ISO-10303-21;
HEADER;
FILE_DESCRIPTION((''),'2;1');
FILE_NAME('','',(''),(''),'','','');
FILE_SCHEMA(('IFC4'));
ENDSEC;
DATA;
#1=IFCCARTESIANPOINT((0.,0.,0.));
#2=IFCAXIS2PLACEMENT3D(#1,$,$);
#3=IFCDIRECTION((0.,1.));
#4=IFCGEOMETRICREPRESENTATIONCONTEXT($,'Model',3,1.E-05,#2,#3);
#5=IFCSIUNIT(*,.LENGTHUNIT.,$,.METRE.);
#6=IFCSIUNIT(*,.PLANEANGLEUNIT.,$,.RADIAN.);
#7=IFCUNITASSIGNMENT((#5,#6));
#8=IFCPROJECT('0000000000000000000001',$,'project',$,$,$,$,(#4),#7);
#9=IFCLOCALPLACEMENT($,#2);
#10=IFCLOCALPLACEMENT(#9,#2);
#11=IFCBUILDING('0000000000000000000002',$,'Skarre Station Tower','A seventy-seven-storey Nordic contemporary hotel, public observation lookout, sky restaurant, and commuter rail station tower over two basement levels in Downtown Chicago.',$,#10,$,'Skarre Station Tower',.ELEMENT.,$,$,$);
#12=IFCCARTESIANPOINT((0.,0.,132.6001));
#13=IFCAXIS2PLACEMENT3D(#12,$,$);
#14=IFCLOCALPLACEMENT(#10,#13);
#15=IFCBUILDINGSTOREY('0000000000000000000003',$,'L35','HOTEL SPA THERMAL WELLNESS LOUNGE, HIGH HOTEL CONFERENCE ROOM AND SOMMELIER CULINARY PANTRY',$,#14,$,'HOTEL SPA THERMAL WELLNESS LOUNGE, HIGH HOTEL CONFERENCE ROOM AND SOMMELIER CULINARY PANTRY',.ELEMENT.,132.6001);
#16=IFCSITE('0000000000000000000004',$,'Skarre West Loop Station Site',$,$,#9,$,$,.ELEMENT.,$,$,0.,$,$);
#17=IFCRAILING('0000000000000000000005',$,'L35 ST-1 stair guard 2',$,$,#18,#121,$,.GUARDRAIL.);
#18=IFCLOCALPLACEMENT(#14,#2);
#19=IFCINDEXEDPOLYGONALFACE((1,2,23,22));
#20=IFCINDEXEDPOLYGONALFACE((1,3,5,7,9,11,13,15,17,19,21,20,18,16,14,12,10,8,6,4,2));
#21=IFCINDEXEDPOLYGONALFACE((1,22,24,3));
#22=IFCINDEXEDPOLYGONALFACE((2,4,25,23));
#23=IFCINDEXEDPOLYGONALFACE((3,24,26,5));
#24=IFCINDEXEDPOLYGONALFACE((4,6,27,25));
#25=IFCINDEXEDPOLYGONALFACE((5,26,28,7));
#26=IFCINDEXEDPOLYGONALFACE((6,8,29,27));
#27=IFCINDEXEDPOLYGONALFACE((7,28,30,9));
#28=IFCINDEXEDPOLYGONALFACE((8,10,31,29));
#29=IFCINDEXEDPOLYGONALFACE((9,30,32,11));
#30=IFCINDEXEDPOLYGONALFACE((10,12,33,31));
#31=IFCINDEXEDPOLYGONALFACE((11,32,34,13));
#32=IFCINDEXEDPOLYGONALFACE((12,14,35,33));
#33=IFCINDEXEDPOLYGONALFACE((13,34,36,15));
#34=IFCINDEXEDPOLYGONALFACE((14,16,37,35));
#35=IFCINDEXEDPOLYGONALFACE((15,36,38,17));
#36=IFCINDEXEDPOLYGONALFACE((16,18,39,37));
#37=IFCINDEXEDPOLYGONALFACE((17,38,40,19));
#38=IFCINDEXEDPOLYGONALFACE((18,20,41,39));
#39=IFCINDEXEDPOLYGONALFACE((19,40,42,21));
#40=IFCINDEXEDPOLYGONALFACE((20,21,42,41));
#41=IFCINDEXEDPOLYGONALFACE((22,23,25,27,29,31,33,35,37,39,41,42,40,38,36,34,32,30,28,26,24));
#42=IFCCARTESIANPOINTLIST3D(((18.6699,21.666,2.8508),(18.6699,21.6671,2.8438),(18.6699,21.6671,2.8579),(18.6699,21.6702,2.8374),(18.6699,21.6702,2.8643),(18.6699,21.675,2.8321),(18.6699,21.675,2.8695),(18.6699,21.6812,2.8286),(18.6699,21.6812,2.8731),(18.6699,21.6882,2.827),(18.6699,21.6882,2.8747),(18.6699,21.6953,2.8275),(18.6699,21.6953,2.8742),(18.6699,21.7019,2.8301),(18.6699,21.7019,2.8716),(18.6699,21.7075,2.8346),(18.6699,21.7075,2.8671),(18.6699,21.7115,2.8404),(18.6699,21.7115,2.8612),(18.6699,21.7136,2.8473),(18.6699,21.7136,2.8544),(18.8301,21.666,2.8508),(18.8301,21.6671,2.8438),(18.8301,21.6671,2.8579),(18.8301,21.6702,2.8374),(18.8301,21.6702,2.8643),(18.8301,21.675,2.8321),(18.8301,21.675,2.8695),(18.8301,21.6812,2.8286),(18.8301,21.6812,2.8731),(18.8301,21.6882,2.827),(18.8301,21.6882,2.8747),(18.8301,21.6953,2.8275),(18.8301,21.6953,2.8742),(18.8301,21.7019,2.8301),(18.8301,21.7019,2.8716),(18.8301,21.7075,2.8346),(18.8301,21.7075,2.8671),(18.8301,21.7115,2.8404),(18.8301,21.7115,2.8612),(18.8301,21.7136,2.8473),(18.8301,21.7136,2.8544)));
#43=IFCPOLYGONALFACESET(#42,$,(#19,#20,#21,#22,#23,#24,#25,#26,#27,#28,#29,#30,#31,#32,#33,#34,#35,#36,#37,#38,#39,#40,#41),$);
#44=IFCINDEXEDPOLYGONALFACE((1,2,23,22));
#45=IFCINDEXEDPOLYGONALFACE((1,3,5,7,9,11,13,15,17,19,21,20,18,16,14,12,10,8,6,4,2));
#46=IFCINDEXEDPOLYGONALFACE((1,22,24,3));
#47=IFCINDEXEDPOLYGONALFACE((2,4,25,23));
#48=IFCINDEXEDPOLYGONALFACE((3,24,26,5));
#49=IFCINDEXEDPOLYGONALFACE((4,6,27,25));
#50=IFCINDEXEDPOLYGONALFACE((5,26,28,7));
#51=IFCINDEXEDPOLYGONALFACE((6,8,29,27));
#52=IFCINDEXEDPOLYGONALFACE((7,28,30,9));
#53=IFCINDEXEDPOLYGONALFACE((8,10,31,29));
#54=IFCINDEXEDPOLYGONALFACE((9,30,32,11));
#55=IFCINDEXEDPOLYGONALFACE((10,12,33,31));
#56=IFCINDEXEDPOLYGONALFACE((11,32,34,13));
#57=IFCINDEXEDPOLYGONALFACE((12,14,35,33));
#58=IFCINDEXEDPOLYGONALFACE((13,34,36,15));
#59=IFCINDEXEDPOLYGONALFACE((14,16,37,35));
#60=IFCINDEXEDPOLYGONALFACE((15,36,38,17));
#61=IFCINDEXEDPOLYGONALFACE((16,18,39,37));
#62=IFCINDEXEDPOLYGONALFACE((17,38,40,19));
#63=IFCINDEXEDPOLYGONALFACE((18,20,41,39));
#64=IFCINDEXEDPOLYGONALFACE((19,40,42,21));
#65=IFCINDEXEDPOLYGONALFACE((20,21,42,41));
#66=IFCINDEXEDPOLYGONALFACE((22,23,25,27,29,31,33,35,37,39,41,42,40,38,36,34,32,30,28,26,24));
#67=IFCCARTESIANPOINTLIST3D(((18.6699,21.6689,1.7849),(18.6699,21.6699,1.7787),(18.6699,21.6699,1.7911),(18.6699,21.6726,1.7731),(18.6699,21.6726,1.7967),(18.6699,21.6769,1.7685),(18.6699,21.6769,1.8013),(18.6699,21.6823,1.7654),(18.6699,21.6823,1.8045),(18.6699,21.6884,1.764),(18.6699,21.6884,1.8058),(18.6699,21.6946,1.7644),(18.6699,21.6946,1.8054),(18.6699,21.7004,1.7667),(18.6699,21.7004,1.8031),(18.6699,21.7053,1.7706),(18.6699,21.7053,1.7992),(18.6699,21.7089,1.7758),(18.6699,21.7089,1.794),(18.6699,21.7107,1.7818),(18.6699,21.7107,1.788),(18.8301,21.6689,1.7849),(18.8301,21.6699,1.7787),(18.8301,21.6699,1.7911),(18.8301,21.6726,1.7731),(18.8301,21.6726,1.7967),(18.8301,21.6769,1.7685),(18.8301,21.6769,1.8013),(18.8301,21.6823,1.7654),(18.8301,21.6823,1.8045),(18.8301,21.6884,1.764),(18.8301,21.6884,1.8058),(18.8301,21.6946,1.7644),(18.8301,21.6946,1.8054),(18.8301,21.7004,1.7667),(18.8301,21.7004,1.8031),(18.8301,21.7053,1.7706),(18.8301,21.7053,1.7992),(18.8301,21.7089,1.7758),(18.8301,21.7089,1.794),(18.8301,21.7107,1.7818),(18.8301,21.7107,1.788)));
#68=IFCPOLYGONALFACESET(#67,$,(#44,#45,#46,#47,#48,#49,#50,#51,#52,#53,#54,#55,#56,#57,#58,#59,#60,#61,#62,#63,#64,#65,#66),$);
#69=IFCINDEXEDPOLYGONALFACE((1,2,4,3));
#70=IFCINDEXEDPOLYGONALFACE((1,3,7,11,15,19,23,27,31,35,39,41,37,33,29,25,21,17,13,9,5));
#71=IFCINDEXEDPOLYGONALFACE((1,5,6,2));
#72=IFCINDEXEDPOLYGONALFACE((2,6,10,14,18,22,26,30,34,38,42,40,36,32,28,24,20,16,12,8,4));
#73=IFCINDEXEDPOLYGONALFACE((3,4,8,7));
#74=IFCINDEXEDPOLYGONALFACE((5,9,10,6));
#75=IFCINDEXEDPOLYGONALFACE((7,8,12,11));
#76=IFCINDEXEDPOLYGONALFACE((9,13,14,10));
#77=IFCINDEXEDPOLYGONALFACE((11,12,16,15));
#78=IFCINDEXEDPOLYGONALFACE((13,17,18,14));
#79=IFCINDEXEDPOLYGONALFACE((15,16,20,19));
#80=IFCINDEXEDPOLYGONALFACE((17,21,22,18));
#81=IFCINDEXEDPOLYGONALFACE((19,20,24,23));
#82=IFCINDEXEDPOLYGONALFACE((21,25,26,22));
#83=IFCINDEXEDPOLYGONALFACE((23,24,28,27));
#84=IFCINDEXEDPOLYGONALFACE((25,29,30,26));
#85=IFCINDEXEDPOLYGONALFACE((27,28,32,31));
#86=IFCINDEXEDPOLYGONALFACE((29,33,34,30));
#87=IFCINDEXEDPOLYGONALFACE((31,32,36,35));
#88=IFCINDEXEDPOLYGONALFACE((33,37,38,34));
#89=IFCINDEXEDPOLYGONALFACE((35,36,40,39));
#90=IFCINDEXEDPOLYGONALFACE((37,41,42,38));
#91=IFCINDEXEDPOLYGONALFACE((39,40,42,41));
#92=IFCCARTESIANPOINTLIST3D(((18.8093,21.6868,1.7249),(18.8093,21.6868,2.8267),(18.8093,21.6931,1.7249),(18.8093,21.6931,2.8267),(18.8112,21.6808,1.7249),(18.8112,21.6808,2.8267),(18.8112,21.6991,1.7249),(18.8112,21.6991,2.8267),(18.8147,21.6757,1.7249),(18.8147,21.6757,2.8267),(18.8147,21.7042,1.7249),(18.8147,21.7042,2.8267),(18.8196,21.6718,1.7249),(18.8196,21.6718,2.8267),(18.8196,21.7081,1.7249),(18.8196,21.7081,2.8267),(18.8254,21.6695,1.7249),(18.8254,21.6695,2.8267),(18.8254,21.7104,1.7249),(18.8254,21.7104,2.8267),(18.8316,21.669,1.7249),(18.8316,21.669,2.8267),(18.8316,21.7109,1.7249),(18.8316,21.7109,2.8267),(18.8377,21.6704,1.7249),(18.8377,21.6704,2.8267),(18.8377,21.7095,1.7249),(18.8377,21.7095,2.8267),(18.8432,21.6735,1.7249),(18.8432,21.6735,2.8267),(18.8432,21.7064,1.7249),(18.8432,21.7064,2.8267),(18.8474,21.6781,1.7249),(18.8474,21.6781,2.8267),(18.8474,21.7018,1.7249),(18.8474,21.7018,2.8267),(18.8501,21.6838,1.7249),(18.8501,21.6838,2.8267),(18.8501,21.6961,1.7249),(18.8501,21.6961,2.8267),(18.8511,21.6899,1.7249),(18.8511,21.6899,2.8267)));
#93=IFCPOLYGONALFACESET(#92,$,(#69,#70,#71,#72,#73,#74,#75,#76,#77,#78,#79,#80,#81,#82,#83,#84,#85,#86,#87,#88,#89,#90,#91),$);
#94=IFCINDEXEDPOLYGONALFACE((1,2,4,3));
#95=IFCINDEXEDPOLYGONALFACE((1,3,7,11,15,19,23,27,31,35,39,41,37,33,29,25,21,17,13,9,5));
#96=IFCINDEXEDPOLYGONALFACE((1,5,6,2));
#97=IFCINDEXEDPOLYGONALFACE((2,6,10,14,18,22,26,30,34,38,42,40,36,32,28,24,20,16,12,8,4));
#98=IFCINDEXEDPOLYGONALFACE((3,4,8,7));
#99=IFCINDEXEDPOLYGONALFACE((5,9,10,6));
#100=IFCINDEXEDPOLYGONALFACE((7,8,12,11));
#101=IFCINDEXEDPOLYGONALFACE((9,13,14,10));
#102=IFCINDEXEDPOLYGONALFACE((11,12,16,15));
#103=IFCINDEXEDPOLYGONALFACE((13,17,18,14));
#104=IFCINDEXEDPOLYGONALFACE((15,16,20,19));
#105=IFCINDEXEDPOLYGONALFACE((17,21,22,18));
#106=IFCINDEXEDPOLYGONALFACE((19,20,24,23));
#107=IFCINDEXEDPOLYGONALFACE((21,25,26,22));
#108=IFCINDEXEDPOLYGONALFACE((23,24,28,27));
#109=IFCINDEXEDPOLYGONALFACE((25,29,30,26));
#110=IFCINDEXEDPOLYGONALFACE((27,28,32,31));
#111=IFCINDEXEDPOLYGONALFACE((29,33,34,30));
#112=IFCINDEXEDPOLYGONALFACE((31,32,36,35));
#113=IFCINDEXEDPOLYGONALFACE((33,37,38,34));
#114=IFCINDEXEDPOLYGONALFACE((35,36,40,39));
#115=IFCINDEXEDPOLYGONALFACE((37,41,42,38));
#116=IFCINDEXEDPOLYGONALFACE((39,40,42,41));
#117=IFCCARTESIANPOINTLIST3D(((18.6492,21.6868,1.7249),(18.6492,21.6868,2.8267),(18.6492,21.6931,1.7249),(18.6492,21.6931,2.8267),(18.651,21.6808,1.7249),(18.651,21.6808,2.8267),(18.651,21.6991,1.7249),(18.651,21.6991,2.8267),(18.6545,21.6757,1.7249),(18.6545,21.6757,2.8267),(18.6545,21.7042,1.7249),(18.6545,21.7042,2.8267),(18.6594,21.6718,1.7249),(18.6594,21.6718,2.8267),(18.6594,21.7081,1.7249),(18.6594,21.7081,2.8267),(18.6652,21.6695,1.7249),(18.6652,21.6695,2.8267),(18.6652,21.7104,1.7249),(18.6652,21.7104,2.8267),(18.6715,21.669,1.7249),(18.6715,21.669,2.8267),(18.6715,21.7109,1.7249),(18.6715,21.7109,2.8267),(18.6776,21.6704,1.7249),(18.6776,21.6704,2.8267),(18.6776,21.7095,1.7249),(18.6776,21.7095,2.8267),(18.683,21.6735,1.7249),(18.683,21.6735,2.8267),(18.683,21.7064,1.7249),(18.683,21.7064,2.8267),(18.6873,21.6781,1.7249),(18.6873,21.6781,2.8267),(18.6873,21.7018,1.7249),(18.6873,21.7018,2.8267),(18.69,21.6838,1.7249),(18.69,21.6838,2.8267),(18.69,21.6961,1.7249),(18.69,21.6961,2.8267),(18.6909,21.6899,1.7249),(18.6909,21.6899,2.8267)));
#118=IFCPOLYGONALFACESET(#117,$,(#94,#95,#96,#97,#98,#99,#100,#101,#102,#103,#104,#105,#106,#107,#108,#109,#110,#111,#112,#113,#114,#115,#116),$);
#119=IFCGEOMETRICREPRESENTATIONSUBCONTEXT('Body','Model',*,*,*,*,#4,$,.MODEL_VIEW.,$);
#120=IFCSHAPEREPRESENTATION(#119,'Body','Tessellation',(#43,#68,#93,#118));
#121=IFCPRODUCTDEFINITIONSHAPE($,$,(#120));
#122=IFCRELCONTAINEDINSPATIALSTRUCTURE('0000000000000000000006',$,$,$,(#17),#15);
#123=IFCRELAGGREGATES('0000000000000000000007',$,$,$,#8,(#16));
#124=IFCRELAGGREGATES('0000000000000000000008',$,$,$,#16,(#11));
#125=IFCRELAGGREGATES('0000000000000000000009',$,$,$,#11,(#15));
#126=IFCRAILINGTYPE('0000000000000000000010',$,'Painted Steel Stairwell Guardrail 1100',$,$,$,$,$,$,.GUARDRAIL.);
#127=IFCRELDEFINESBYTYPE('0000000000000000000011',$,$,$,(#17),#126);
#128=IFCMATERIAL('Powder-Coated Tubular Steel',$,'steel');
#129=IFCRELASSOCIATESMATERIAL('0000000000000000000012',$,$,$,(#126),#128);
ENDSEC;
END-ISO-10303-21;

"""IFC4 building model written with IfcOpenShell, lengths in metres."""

from ifc_helpers import new_model, si_unit, direction, frame, origin, origin_2d, place, context, subcontext, project, spatial, circle, extrude, material, type_object, element, save


model = new_model("IFC4")

# Units and contexts
model_context = context("Model", 3, precision=1e-05, world=origin(), true_north=direction((0.0, 1.0)))
body_context = subcontext(model_context, "Body", "Model", "MODEL_VIEW")
ifc_project = project(units=[si_unit("LENGTHUNIT", "METRE"), si_unit("PLANEANGLEUNIT", "RADIAN")], contexts=[model_context])

# Site, building, storey
site_placement = place(None, origin())
site = spatial("IfcSite", under=ifc_project, at=site_placement, Name="Skarre West Loop Station Site", CompositionType="ELEMENT", RefElevation=0.0)
building_placement = place(site_placement, origin())
building = spatial("IfcBuilding", under=site, at=building_placement, Name="Skarre Station Tower", Description="A seventy-seven-storey Nordic contemporary hotel, public observation lookout, sky restaurant, and commuter rail station tower over two basement levels in Downtown Chicago.", LongName="Skarre Station Tower", CompositionType="ELEMENT")
storey_placement = place(building_placement, frame((0.0, 0.0, 132.6001)))
storey = spatial("IfcBuildingStorey", under=building, at=storey_placement, Name="L35", Description="HOTEL SPA THERMAL WELLNESS LOUNGE, HIGH HOTEL CONFERENCE ROOM AND SOMMELIER CULINARY PANTRY", LongName="HOTEL SPA THERMAL WELLNESS LOUNGE, HIGH HOTEL CONFERENCE ROOM AND SOMMELIER CULINARY PANTRY", CompositionType="ELEMENT", Elevation=132.6001)

# Railing
ifc_material_1 = material(Name="Powder-Coated Tubular Steel", Category="steel")
railing_type_1 = type_object("IfcRailingType", Name="Painted Steel Stairwell Guardrail 1100", PredefinedType="GUARDRAIL", material=ifc_material_1)
railing_1_placement = place(storey_placement, frame((18.8301, 21.6899, 1.7249)))
element("IfcRailing", 1, at=railing_1_placement, inside=storey, type_object=railing_type_1, Name="L35 ST-1 stair guard 2", PredefinedType="GUARDRAIL", context=body_context, shape_type="SweptSolid", body=[
    extrude(circle(Radius=0.0239, at=origin_2d()), frame((0.0, 0.0, 1.126), z_axis=(-1.0, 0.0, 0.0), x_axis=(0.0, -1.0, 0.0)), (0.0, 0.0, 1.0), 0.1602),
    extrude(circle(Radius=0.021, at=origin_2d()), frame((0.0, 0.0, 0.0601), z_axis=(-1.0, 0.0, 0.0), x_axis=(0.0, -1.0, 0.0)), (0.0, 0.0, 1.0), 0.1602),
    extrude(circle(Radius=0.021, at=origin_2d()), origin(), (0.0, 0.0, 1.0), 1.1018),
    extrude(circle(Radius=0.021, at=origin_2d()), frame((-0.1602, 0.0, 0.0)), (0.0, 0.0, 1.0), 1.1018),
])

save(model, "model.ifc")
